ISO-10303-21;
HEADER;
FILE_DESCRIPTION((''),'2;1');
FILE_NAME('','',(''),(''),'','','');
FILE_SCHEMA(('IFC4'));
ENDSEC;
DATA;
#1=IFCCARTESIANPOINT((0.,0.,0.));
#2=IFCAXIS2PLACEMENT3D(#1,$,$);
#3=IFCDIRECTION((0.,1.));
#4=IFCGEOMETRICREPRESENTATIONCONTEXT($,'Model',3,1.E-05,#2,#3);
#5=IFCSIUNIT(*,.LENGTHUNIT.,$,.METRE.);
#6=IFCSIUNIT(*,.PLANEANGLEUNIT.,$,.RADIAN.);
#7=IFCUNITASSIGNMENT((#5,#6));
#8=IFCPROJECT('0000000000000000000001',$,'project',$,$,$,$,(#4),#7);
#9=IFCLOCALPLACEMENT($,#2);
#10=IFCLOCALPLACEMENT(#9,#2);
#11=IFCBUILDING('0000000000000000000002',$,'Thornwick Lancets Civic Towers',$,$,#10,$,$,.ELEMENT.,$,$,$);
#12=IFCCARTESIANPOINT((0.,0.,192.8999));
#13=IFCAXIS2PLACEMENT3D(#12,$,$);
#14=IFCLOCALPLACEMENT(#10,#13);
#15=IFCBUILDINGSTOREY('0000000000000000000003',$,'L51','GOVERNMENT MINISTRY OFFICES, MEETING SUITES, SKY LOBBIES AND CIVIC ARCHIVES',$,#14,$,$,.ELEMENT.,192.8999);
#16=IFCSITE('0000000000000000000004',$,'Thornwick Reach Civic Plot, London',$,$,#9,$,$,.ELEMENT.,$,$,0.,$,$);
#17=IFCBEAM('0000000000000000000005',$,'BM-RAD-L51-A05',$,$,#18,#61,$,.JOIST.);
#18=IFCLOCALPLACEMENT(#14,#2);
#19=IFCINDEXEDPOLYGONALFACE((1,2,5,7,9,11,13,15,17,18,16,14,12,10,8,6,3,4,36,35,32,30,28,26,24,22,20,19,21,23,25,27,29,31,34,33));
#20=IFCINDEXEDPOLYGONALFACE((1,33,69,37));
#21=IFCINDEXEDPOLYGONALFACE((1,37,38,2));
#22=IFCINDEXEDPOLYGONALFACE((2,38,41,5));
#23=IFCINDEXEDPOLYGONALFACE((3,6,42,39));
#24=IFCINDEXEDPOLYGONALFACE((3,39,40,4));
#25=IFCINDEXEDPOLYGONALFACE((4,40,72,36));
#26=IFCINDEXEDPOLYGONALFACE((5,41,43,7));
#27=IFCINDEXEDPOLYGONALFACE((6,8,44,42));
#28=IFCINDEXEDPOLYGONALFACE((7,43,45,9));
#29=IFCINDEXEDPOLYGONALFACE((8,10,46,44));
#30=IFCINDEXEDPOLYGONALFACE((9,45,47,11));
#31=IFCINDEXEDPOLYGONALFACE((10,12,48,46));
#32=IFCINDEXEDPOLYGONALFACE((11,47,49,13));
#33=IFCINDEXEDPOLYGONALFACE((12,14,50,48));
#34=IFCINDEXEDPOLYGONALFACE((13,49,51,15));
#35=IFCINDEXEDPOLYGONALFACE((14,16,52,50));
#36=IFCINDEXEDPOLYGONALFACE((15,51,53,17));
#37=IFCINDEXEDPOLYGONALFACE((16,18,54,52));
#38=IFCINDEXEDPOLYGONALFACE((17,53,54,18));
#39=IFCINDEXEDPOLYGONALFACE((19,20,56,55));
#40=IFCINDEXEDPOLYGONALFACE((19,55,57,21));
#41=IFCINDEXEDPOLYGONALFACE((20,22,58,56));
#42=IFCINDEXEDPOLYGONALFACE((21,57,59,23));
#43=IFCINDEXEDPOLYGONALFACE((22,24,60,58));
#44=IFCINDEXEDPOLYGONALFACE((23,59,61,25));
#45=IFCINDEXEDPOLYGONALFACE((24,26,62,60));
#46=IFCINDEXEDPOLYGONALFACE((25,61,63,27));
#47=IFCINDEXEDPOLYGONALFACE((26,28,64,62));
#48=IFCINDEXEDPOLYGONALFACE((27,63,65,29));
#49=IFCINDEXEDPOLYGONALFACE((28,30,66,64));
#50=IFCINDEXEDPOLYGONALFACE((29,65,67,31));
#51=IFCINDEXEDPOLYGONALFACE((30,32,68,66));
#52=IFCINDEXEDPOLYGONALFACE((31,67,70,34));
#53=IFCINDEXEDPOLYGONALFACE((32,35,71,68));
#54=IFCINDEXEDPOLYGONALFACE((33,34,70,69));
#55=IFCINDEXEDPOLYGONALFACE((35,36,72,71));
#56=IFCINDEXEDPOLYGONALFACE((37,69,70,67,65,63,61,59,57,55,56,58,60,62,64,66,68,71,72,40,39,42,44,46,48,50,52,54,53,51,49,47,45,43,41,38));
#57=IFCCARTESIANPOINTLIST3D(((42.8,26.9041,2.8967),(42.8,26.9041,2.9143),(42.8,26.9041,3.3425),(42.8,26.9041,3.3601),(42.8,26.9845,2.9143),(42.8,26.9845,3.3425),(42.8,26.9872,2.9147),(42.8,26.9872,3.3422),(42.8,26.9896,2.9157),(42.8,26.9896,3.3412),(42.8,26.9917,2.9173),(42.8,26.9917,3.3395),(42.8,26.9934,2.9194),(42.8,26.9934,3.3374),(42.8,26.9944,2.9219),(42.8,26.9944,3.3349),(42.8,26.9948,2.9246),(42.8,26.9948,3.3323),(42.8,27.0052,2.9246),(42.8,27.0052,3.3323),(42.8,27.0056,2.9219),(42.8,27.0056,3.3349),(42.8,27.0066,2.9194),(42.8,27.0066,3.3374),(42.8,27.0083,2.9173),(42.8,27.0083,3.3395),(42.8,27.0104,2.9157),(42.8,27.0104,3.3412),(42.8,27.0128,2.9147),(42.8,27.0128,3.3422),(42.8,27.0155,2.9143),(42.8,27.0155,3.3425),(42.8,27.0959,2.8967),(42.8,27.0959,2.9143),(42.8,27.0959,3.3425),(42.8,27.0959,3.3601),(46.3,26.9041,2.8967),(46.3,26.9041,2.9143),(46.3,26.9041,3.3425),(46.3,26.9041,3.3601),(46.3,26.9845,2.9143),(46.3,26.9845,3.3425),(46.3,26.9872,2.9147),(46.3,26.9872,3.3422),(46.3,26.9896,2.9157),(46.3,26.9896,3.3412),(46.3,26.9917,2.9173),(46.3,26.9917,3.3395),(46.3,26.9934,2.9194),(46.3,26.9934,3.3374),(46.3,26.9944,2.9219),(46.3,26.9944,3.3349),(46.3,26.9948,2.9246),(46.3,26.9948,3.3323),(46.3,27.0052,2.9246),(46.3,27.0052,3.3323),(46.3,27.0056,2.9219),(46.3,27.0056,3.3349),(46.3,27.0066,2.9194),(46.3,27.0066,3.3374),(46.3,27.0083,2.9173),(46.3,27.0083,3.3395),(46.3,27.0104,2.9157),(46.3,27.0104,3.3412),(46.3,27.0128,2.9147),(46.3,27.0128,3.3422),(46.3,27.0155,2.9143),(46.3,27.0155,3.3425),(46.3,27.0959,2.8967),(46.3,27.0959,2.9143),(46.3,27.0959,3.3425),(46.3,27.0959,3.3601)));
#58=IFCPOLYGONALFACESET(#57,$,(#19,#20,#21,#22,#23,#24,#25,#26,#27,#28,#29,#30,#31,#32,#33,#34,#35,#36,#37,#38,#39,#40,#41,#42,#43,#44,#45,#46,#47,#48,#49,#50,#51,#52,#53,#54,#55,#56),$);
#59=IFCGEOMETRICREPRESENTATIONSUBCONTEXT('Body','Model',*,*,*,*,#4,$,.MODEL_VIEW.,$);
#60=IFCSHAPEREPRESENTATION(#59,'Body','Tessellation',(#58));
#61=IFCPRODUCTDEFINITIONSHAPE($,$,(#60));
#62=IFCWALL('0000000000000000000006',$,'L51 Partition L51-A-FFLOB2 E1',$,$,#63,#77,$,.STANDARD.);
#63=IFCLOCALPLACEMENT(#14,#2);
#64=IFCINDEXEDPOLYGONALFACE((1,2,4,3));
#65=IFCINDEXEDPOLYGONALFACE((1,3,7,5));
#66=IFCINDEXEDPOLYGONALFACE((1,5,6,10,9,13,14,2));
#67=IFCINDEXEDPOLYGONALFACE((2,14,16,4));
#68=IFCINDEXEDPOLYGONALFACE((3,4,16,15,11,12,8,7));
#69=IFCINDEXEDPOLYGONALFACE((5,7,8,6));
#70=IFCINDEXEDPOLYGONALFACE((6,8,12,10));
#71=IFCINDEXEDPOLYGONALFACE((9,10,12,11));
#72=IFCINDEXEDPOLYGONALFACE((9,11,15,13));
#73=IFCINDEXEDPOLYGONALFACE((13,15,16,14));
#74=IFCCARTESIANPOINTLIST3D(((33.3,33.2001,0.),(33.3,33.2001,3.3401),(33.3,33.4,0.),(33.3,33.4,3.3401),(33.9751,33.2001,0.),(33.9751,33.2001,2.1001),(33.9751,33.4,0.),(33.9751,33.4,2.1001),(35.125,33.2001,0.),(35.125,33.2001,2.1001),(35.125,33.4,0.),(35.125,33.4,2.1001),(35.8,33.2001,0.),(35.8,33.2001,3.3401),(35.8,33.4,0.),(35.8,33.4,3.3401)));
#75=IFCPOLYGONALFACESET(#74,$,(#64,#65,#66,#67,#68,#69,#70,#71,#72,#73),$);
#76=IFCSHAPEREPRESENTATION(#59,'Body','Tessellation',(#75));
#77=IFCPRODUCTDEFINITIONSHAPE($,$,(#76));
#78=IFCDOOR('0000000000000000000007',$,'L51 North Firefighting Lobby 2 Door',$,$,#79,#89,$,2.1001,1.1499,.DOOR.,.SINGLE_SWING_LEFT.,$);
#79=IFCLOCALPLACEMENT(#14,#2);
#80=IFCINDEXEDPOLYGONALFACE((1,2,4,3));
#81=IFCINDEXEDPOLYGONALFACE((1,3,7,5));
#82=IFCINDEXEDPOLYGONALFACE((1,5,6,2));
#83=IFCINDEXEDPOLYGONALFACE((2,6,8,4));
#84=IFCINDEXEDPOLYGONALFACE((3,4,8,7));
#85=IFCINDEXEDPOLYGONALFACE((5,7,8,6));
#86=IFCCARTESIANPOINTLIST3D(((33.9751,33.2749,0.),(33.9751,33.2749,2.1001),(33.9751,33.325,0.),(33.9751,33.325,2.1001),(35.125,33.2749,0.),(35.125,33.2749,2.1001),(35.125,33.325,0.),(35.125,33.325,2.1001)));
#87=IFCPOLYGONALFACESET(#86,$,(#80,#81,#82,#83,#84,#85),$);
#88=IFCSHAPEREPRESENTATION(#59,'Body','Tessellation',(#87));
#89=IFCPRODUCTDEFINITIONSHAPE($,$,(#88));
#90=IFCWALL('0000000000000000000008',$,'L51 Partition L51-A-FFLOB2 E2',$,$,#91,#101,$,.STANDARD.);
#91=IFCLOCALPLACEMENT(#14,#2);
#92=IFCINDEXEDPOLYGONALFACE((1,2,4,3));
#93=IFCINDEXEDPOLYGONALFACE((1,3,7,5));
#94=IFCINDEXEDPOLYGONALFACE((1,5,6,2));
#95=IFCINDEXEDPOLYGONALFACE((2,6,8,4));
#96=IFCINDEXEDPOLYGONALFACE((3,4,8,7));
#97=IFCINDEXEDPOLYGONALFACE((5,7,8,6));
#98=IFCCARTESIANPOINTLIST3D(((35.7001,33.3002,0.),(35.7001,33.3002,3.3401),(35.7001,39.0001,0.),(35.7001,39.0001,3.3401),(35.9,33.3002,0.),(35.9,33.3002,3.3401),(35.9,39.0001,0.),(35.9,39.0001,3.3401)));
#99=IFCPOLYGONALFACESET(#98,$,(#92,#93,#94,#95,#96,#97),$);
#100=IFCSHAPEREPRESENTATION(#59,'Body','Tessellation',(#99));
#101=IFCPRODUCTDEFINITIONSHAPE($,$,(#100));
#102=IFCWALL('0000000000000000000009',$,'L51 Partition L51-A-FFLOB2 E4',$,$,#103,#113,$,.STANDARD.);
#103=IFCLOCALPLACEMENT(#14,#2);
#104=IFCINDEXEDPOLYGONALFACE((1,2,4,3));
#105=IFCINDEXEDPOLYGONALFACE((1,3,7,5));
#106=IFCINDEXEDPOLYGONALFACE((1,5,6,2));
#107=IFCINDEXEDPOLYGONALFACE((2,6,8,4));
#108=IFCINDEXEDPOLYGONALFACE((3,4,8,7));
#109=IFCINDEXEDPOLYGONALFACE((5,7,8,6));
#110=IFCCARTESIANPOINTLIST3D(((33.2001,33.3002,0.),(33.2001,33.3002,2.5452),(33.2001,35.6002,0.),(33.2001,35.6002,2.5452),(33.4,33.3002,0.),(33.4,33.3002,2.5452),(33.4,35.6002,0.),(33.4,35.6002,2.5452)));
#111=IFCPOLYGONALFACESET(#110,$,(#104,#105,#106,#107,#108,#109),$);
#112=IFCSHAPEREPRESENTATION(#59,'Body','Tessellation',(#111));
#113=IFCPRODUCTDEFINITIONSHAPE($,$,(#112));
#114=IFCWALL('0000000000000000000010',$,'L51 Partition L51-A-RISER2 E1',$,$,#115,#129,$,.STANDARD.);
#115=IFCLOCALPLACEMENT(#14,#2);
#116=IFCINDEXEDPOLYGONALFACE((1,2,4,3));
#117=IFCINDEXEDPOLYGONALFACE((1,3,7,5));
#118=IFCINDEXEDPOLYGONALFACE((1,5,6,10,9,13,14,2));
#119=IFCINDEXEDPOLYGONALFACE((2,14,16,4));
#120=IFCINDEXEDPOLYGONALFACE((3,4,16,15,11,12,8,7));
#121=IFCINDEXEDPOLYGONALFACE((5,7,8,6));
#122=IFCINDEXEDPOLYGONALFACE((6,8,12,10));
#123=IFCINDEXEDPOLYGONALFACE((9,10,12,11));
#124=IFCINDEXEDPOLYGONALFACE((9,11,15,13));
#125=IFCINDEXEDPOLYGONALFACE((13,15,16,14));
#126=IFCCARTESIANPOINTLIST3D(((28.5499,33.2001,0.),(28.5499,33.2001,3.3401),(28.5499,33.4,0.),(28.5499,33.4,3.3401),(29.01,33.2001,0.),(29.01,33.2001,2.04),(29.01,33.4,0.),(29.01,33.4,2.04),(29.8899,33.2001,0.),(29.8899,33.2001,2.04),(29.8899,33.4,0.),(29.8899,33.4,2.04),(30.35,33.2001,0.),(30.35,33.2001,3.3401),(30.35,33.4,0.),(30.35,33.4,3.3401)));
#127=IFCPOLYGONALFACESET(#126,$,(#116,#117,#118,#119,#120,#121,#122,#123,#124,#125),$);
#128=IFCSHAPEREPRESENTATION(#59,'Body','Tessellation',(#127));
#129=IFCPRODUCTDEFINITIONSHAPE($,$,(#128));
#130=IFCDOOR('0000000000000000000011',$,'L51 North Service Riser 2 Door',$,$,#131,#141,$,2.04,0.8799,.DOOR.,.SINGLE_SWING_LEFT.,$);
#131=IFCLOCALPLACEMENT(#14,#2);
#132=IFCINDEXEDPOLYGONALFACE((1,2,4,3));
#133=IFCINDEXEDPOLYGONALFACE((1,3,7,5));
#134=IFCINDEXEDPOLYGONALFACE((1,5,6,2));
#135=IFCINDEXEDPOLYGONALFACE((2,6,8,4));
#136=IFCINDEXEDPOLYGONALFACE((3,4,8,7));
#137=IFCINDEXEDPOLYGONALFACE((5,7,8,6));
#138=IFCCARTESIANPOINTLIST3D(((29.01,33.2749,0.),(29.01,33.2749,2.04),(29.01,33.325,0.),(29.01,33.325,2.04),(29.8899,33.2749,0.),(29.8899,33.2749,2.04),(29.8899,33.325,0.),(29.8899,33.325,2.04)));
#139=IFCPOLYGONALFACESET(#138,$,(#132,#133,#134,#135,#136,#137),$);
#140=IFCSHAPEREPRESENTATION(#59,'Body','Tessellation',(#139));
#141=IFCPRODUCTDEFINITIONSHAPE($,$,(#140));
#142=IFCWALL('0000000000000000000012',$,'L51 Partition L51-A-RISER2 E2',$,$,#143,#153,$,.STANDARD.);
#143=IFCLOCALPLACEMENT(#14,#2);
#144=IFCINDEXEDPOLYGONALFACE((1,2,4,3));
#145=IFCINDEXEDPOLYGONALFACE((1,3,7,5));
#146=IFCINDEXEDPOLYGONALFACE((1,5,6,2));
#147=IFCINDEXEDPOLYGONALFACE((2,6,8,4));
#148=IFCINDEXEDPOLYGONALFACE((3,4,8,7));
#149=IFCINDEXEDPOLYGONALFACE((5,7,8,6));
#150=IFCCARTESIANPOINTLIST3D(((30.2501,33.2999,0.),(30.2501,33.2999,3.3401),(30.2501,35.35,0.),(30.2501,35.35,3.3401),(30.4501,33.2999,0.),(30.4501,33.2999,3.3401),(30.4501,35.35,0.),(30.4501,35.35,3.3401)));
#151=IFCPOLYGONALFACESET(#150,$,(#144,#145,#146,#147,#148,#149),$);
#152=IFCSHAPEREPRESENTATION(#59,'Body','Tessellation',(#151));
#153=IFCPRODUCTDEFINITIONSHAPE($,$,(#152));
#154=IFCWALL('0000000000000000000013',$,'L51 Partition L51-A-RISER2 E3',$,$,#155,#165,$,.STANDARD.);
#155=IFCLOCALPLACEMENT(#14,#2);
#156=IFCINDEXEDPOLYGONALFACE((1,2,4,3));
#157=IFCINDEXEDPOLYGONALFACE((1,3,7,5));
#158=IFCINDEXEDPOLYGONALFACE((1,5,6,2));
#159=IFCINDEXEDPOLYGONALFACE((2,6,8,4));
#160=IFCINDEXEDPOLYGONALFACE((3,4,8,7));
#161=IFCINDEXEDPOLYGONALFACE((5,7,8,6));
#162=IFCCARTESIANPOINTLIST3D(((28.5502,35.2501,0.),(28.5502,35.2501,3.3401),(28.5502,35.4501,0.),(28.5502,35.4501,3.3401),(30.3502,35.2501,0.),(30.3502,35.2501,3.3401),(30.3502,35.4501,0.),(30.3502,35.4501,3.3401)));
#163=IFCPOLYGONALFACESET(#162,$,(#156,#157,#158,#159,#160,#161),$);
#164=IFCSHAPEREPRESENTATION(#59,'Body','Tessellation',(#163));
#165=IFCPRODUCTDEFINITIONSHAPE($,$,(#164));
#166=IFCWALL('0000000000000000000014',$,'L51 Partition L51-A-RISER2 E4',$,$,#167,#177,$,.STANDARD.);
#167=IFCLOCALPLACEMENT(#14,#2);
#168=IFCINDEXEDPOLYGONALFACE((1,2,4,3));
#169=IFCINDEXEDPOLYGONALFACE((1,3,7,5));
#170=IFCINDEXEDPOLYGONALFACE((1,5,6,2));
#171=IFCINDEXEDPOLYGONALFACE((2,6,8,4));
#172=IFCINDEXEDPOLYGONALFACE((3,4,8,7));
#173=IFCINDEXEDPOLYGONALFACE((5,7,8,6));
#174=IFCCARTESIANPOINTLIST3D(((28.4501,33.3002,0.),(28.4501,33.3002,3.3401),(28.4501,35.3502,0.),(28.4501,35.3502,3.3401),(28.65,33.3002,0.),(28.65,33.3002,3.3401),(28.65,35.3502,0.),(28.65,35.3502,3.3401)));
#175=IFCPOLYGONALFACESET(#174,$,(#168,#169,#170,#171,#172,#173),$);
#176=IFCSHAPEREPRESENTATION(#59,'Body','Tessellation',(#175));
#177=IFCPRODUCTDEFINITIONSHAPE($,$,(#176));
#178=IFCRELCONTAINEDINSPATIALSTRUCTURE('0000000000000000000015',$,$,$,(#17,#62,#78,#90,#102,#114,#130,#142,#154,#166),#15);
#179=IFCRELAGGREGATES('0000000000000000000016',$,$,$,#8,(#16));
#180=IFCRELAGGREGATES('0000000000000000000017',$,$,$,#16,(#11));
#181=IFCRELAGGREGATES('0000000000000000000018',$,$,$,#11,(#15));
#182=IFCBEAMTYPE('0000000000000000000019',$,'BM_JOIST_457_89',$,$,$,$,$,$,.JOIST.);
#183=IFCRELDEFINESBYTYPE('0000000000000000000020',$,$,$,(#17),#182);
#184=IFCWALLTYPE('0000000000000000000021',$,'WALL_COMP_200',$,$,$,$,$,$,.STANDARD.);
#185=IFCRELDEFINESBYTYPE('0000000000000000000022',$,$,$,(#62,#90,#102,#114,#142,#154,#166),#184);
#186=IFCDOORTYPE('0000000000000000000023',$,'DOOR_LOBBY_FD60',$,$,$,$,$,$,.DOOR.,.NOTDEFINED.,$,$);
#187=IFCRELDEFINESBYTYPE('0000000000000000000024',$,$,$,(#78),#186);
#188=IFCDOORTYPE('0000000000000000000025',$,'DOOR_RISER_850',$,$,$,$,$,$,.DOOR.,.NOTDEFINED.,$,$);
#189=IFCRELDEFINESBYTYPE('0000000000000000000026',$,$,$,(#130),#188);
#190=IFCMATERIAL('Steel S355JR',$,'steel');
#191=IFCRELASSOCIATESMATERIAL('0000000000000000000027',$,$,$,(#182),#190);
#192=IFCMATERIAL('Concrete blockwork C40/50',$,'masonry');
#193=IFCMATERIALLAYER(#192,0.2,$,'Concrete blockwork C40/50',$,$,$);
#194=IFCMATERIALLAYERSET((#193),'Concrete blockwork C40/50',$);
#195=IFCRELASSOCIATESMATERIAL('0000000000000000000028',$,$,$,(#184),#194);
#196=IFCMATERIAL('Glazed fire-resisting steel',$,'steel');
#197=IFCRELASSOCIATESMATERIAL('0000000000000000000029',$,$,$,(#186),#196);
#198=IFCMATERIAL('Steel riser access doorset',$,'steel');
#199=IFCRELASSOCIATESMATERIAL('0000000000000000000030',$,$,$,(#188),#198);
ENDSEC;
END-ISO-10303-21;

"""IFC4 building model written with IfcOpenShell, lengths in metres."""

from ifc_helpers import new_model, si_unit, direction, frame, frame_2d, origin, origin_2d, place, context, subcontext, project, spatial, rectangle, i_section, extrude, material, layer, layer_set, material_profile, profile_set, type_object, element, fill, save


model = new_model("IFC4")

# Units and contexts
model_context = context("Model", 3, precision=1e-05, world=origin(), true_north=direction((0.0, 1.0)))
body_context = subcontext(model_context, "Body", "Model", "MODEL_VIEW")
ifc_project = project(units=[si_unit("LENGTHUNIT", "METRE"), si_unit("PLANEANGLEUNIT", "RADIAN")], contexts=[model_context])

# Site, building, storey
site_placement = place(None, origin())
site = spatial("IfcSite", under=ifc_project, at=site_placement, Name="Thornwick Reach Civic Plot, London", CompositionType="ELEMENT", RefElevation=0.0)
building_placement = place(site_placement, origin())
building = spatial("IfcBuilding", under=site, at=building_placement, Name="Thornwick Lancets Civic Towers", CompositionType="ELEMENT")
storey_placement = place(building_placement, frame((0.0, 0.0, 192.8999)))
storey = spatial("IfcBuildingStorey", under=building, at=storey_placement, Name="L51", Description="GOVERNMENT MINISTRY OFFICES, MEETING SUITES, SKY LOBBIES AND CIVIC ARCHIVES", CompositionType="ELEMENT", Elevation=192.8999)

# Beam
ifc_material_1 = material(Name="Steel S355JR", Category="steel")
ifc_material_profile_1 = material_profile(ifc_material_1, i_section(OverallWidth=0.1919, OverallDepth=0.4634, WebThickness=0.0105, FlangeThickness=0.0176, FilletRadius=0.0103, at=origin_2d()), Name="UKB 457x191x89")
ifc_profile_set_1 = profile_set([ifc_material_profile_1], Name="Steel S355JR")
beam_type_1 = type_object("IfcBeamType", Name="BM_JOIST_457_89", PredefinedType="JOIST", material=ifc_profile_set_1)
beam_1_placement = place(storey_placement, frame((42.8, 27.0, 3.1284), z_axis=(1.0, 0.0, 0.0), x_axis=(0.0, 1.0, 0.0)))
element("IfcBeam", 1, at=beam_1_placement, inside=storey, type_object=beam_type_1, Name="BM-RAD-L51-A05", PredefinedType="JOIST", context=body_context, shape_type="SweptSolid", body=[
    extrude(i_section(OverallWidth=0.1919, OverallDepth=0.4634, WebThickness=0.0105, FlangeThickness=0.0176, FilletRadius=0.0103, at=origin_2d()), origin(), (0.0, 0.0, 1.0), 3.5),
])

# Wall, opening, door
ifc_material_2 = material(Name="Concrete blockwork C40/50", Category="masonry")
ifc_layer_1 = layer(ifc_material_2, 0.2, Name="Concrete blockwork C40/50")
ifc_layer_set_1 = layer_set([ifc_layer_1], Name="Concrete blockwork C40/50")
wall_type_1 = type_object("IfcWallType", Name="WALL_COMP_200", PredefinedType="STANDARD", material=ifc_layer_set_1)
wall_1_placement = place(storey_placement, frame((33.3, 33.3, 0.0), z_axis=(0.0, 0.0, 1.0), x_axis=(1.0, 0.0, 0.0)))
wall_1 = element("IfcWall", 2, at=wall_1_placement, inside=storey, type_object=wall_type_1, Name="L51 Partition L51-A-FFLOB2 E1", PredefinedType="STANDARD", context=body_context, shape_type="SweptSolid", body=[
    extrude(rectangle(XDim=2.5, YDim=0.2, at=frame_2d((1.25, 0.0))), origin(), (0.0, 0.0, 1.0), 3.3401),
])
opening_1_placement = place(wall_1_placement, frame((0.675, 0.0, 0.0)))
opening_1 = element("IfcOpeningElement", 3, at=opening_1_placement, cuts=wall_1, PredefinedType="OPENING", context=body_context, shape_type="SweptSolid", body=[
    extrude(rectangle(XDim=1.1499, YDim=2.1001, at=frame_2d((0.575, 1.05))), frame((0.0, 0.1099, 0.0), z_axis=(0.0, -1.0, 0.0), x_axis=(1.0, 0.0, 0.0)), (0.0, 0.0, 1.0), 0.22),
])
ifc_material_3 = material(Name="Glazed fire-resisting steel", Category="steel")
door_type_1 = type_object("IfcDoorType", Name="DOOR_LOBBY_FD60", OperationType="NOTDEFINED", PredefinedType="DOOR", material=ifc_material_3)
door_1_placement = place(opening_1_placement, origin())
door_1 = element("IfcDoor", 4, at=door_1_placement, inside=storey, type_object=door_type_1, Name="L51 North Firefighting Lobby 2 Door", OperationType="SINGLE_SWING_LEFT", OverallHeight=2.1001, OverallWidth=1.1499, PredefinedType="DOOR", context=body_context, shape_type="SweptSolid", body=[
    extrude(rectangle(XDim=1.1499, YDim=2.1001, at=frame_2d((0.575, 1.05))), frame((0.0, 0.0249, 0.0), z_axis=(0.0, -1.0, 0.0), x_axis=(1.0, 0.0, 0.0)), (0.0, 0.0, 1.0), 0.05),
])
fill(opening_1, door_1)

# Walls
wall_2_placement = place(storey_placement, frame((35.8, 33.3, 0.0), z_axis=(0.0, 0.0, 1.0), x_axis=(0.0, 1.0, 0.0)))
element("IfcWall", 5, at=wall_2_placement, inside=storey, type_object=wall_type_1, Name="L51 Partition L51-A-FFLOB2 E2", PredefinedType="STANDARD", context=body_context, shape_type="SweptSolid", body=[
    extrude(rectangle(XDim=5.7, YDim=0.2, at=frame_2d((2.8501, 0.0))), origin(), (0.0, 0.0, 1.0), 3.3401),
])
wall_3_placement = place(storey_placement, frame((33.3, 35.6001, 0.0), z_axis=(0.0, 0.0, 1.0), x_axis=(0.0, -1.0, 0.0)))
element("IfcWall", 6, at=wall_3_placement, inside=storey, type_object=wall_type_1, Name="L51 Partition L51-A-FFLOB2 E4", PredefinedType="STANDARD", context=body_context, shape_type="SweptSolid", body=[
    extrude(rectangle(XDim=2.3, YDim=0.2, at=frame_2d((1.1499, 0.0))), origin(), (0.0, 0.0, 1.0), 2.5452),
])

# Wall, opening, door
wall_4_placement = place(storey_placement, frame((28.55, 33.3, 0.0), z_axis=(0.0, 0.0, 1.0), x_axis=(1.0, 0.0, 0.0)))
wall_4 = element("IfcWall", 7, at=wall_4_placement, inside=storey, type_object=wall_type_1, Name="L51 Partition L51-A-RISER2 E1", PredefinedType="STANDARD", context=body_context, shape_type="SweptSolid", body=[
    extrude(rectangle(XDim=1.8, YDim=0.2, at=frame_2d((0.8999, 0.0))), origin(), (0.0, 0.0, 1.0), 3.3401),
])
opening_2_placement = place(wall_4_placement, frame((0.46, 0.0, 0.0)))
opening_2 = element("IfcOpeningElement", 8, at=opening_2_placement, cuts=wall_4, PredefinedType="OPENING", context=body_context, shape_type="SweptSolid", body=[
    extrude(rectangle(XDim=0.8799, YDim=2.04, at=frame_2d((0.4399, 1.02))), frame((0.0, 0.1099, 0.0), z_axis=(0.0, -1.0, 0.0), x_axis=(1.0, 0.0, 0.0)), (0.0, 0.0, 1.0), 0.22),
])
ifc_material_4 = material(Name="Steel riser access doorset", Category="steel")
door_type_2 = type_object("IfcDoorType", Name="DOOR_RISER_850", OperationType="NOTDEFINED", PredefinedType="DOOR", material=ifc_material_4)
door_2_placement = place(opening_2_placement, origin())
door_2 = element("IfcDoor", 9, at=door_2_placement, inside=storey, type_object=door_type_2, Name="L51 North Service Riser 2 Door", OperationType="SINGLE_SWING_LEFT", OverallHeight=2.04, OverallWidth=0.8799, PredefinedType="DOOR", context=body_context, shape_type="SweptSolid", body=[
    extrude(rectangle(XDim=0.8799, YDim=2.04, at=frame_2d((0.4399, 1.02))), frame((0.0, 0.0249, 0.0), z_axis=(0.0, -1.0, 0.0), x_axis=(1.0, 0.0, 0.0)), (0.0, 0.0, 1.0), 0.05),
])
fill(opening_2, door_2)

# Walls
wall_5_placement = place(storey_placement, frame((30.3501, 33.3, 0.0), z_axis=(0.0, 0.0, 1.0), x_axis=(0.0, 1.0, 0.0)))
element("IfcWall", 10, at=wall_5_placement, inside=storey, type_object=wall_type_1, Name="L51 Partition L51-A-RISER2 E2", PredefinedType="STANDARD", context=body_context, shape_type="SweptSolid", body=[
    extrude(rectangle(XDim=2.05, YDim=0.2, at=frame_2d((1.0249, 0.0))), origin(), (0.0, 0.0, 1.0), 3.3401),
])
wall_6_placement = place(storey_placement, frame((30.3501, 35.3501, 0.0), z_axis=(0.0, 0.0, 1.0), x_axis=(-1.0, 0.0, 0.0)))
element("IfcWall", 11, at=wall_6_placement, inside=storey, type_object=wall_type_1, Name="L51 Partition L51-A-RISER2 E3", PredefinedType="STANDARD", context=body_context, shape_type="SweptSolid", body=[
    extrude(rectangle(XDim=1.8, YDim=0.2, at=frame_2d((0.8999, 0.0))), origin(), (0.0, 0.0, 1.0), 3.3401),
])
wall_7_placement = place(storey_placement, frame((28.55, 35.3501, 0.0), z_axis=(0.0, 0.0, 1.0), x_axis=(0.0, -1.0, 0.0)))
element("IfcWall", 12, at=wall_7_placement, inside=storey, type_object=wall_type_1, Name="L51 Partition L51-A-RISER2 E4", PredefinedType="STANDARD", context=body_context, shape_type="SweptSolid", body=[
    extrude(rectangle(XDim=2.05, YDim=0.2, at=frame_2d((1.0249, 0.0))), origin(), (0.0, 0.0, 1.0), 3.3401),
])

save(model, "model.ifc")
